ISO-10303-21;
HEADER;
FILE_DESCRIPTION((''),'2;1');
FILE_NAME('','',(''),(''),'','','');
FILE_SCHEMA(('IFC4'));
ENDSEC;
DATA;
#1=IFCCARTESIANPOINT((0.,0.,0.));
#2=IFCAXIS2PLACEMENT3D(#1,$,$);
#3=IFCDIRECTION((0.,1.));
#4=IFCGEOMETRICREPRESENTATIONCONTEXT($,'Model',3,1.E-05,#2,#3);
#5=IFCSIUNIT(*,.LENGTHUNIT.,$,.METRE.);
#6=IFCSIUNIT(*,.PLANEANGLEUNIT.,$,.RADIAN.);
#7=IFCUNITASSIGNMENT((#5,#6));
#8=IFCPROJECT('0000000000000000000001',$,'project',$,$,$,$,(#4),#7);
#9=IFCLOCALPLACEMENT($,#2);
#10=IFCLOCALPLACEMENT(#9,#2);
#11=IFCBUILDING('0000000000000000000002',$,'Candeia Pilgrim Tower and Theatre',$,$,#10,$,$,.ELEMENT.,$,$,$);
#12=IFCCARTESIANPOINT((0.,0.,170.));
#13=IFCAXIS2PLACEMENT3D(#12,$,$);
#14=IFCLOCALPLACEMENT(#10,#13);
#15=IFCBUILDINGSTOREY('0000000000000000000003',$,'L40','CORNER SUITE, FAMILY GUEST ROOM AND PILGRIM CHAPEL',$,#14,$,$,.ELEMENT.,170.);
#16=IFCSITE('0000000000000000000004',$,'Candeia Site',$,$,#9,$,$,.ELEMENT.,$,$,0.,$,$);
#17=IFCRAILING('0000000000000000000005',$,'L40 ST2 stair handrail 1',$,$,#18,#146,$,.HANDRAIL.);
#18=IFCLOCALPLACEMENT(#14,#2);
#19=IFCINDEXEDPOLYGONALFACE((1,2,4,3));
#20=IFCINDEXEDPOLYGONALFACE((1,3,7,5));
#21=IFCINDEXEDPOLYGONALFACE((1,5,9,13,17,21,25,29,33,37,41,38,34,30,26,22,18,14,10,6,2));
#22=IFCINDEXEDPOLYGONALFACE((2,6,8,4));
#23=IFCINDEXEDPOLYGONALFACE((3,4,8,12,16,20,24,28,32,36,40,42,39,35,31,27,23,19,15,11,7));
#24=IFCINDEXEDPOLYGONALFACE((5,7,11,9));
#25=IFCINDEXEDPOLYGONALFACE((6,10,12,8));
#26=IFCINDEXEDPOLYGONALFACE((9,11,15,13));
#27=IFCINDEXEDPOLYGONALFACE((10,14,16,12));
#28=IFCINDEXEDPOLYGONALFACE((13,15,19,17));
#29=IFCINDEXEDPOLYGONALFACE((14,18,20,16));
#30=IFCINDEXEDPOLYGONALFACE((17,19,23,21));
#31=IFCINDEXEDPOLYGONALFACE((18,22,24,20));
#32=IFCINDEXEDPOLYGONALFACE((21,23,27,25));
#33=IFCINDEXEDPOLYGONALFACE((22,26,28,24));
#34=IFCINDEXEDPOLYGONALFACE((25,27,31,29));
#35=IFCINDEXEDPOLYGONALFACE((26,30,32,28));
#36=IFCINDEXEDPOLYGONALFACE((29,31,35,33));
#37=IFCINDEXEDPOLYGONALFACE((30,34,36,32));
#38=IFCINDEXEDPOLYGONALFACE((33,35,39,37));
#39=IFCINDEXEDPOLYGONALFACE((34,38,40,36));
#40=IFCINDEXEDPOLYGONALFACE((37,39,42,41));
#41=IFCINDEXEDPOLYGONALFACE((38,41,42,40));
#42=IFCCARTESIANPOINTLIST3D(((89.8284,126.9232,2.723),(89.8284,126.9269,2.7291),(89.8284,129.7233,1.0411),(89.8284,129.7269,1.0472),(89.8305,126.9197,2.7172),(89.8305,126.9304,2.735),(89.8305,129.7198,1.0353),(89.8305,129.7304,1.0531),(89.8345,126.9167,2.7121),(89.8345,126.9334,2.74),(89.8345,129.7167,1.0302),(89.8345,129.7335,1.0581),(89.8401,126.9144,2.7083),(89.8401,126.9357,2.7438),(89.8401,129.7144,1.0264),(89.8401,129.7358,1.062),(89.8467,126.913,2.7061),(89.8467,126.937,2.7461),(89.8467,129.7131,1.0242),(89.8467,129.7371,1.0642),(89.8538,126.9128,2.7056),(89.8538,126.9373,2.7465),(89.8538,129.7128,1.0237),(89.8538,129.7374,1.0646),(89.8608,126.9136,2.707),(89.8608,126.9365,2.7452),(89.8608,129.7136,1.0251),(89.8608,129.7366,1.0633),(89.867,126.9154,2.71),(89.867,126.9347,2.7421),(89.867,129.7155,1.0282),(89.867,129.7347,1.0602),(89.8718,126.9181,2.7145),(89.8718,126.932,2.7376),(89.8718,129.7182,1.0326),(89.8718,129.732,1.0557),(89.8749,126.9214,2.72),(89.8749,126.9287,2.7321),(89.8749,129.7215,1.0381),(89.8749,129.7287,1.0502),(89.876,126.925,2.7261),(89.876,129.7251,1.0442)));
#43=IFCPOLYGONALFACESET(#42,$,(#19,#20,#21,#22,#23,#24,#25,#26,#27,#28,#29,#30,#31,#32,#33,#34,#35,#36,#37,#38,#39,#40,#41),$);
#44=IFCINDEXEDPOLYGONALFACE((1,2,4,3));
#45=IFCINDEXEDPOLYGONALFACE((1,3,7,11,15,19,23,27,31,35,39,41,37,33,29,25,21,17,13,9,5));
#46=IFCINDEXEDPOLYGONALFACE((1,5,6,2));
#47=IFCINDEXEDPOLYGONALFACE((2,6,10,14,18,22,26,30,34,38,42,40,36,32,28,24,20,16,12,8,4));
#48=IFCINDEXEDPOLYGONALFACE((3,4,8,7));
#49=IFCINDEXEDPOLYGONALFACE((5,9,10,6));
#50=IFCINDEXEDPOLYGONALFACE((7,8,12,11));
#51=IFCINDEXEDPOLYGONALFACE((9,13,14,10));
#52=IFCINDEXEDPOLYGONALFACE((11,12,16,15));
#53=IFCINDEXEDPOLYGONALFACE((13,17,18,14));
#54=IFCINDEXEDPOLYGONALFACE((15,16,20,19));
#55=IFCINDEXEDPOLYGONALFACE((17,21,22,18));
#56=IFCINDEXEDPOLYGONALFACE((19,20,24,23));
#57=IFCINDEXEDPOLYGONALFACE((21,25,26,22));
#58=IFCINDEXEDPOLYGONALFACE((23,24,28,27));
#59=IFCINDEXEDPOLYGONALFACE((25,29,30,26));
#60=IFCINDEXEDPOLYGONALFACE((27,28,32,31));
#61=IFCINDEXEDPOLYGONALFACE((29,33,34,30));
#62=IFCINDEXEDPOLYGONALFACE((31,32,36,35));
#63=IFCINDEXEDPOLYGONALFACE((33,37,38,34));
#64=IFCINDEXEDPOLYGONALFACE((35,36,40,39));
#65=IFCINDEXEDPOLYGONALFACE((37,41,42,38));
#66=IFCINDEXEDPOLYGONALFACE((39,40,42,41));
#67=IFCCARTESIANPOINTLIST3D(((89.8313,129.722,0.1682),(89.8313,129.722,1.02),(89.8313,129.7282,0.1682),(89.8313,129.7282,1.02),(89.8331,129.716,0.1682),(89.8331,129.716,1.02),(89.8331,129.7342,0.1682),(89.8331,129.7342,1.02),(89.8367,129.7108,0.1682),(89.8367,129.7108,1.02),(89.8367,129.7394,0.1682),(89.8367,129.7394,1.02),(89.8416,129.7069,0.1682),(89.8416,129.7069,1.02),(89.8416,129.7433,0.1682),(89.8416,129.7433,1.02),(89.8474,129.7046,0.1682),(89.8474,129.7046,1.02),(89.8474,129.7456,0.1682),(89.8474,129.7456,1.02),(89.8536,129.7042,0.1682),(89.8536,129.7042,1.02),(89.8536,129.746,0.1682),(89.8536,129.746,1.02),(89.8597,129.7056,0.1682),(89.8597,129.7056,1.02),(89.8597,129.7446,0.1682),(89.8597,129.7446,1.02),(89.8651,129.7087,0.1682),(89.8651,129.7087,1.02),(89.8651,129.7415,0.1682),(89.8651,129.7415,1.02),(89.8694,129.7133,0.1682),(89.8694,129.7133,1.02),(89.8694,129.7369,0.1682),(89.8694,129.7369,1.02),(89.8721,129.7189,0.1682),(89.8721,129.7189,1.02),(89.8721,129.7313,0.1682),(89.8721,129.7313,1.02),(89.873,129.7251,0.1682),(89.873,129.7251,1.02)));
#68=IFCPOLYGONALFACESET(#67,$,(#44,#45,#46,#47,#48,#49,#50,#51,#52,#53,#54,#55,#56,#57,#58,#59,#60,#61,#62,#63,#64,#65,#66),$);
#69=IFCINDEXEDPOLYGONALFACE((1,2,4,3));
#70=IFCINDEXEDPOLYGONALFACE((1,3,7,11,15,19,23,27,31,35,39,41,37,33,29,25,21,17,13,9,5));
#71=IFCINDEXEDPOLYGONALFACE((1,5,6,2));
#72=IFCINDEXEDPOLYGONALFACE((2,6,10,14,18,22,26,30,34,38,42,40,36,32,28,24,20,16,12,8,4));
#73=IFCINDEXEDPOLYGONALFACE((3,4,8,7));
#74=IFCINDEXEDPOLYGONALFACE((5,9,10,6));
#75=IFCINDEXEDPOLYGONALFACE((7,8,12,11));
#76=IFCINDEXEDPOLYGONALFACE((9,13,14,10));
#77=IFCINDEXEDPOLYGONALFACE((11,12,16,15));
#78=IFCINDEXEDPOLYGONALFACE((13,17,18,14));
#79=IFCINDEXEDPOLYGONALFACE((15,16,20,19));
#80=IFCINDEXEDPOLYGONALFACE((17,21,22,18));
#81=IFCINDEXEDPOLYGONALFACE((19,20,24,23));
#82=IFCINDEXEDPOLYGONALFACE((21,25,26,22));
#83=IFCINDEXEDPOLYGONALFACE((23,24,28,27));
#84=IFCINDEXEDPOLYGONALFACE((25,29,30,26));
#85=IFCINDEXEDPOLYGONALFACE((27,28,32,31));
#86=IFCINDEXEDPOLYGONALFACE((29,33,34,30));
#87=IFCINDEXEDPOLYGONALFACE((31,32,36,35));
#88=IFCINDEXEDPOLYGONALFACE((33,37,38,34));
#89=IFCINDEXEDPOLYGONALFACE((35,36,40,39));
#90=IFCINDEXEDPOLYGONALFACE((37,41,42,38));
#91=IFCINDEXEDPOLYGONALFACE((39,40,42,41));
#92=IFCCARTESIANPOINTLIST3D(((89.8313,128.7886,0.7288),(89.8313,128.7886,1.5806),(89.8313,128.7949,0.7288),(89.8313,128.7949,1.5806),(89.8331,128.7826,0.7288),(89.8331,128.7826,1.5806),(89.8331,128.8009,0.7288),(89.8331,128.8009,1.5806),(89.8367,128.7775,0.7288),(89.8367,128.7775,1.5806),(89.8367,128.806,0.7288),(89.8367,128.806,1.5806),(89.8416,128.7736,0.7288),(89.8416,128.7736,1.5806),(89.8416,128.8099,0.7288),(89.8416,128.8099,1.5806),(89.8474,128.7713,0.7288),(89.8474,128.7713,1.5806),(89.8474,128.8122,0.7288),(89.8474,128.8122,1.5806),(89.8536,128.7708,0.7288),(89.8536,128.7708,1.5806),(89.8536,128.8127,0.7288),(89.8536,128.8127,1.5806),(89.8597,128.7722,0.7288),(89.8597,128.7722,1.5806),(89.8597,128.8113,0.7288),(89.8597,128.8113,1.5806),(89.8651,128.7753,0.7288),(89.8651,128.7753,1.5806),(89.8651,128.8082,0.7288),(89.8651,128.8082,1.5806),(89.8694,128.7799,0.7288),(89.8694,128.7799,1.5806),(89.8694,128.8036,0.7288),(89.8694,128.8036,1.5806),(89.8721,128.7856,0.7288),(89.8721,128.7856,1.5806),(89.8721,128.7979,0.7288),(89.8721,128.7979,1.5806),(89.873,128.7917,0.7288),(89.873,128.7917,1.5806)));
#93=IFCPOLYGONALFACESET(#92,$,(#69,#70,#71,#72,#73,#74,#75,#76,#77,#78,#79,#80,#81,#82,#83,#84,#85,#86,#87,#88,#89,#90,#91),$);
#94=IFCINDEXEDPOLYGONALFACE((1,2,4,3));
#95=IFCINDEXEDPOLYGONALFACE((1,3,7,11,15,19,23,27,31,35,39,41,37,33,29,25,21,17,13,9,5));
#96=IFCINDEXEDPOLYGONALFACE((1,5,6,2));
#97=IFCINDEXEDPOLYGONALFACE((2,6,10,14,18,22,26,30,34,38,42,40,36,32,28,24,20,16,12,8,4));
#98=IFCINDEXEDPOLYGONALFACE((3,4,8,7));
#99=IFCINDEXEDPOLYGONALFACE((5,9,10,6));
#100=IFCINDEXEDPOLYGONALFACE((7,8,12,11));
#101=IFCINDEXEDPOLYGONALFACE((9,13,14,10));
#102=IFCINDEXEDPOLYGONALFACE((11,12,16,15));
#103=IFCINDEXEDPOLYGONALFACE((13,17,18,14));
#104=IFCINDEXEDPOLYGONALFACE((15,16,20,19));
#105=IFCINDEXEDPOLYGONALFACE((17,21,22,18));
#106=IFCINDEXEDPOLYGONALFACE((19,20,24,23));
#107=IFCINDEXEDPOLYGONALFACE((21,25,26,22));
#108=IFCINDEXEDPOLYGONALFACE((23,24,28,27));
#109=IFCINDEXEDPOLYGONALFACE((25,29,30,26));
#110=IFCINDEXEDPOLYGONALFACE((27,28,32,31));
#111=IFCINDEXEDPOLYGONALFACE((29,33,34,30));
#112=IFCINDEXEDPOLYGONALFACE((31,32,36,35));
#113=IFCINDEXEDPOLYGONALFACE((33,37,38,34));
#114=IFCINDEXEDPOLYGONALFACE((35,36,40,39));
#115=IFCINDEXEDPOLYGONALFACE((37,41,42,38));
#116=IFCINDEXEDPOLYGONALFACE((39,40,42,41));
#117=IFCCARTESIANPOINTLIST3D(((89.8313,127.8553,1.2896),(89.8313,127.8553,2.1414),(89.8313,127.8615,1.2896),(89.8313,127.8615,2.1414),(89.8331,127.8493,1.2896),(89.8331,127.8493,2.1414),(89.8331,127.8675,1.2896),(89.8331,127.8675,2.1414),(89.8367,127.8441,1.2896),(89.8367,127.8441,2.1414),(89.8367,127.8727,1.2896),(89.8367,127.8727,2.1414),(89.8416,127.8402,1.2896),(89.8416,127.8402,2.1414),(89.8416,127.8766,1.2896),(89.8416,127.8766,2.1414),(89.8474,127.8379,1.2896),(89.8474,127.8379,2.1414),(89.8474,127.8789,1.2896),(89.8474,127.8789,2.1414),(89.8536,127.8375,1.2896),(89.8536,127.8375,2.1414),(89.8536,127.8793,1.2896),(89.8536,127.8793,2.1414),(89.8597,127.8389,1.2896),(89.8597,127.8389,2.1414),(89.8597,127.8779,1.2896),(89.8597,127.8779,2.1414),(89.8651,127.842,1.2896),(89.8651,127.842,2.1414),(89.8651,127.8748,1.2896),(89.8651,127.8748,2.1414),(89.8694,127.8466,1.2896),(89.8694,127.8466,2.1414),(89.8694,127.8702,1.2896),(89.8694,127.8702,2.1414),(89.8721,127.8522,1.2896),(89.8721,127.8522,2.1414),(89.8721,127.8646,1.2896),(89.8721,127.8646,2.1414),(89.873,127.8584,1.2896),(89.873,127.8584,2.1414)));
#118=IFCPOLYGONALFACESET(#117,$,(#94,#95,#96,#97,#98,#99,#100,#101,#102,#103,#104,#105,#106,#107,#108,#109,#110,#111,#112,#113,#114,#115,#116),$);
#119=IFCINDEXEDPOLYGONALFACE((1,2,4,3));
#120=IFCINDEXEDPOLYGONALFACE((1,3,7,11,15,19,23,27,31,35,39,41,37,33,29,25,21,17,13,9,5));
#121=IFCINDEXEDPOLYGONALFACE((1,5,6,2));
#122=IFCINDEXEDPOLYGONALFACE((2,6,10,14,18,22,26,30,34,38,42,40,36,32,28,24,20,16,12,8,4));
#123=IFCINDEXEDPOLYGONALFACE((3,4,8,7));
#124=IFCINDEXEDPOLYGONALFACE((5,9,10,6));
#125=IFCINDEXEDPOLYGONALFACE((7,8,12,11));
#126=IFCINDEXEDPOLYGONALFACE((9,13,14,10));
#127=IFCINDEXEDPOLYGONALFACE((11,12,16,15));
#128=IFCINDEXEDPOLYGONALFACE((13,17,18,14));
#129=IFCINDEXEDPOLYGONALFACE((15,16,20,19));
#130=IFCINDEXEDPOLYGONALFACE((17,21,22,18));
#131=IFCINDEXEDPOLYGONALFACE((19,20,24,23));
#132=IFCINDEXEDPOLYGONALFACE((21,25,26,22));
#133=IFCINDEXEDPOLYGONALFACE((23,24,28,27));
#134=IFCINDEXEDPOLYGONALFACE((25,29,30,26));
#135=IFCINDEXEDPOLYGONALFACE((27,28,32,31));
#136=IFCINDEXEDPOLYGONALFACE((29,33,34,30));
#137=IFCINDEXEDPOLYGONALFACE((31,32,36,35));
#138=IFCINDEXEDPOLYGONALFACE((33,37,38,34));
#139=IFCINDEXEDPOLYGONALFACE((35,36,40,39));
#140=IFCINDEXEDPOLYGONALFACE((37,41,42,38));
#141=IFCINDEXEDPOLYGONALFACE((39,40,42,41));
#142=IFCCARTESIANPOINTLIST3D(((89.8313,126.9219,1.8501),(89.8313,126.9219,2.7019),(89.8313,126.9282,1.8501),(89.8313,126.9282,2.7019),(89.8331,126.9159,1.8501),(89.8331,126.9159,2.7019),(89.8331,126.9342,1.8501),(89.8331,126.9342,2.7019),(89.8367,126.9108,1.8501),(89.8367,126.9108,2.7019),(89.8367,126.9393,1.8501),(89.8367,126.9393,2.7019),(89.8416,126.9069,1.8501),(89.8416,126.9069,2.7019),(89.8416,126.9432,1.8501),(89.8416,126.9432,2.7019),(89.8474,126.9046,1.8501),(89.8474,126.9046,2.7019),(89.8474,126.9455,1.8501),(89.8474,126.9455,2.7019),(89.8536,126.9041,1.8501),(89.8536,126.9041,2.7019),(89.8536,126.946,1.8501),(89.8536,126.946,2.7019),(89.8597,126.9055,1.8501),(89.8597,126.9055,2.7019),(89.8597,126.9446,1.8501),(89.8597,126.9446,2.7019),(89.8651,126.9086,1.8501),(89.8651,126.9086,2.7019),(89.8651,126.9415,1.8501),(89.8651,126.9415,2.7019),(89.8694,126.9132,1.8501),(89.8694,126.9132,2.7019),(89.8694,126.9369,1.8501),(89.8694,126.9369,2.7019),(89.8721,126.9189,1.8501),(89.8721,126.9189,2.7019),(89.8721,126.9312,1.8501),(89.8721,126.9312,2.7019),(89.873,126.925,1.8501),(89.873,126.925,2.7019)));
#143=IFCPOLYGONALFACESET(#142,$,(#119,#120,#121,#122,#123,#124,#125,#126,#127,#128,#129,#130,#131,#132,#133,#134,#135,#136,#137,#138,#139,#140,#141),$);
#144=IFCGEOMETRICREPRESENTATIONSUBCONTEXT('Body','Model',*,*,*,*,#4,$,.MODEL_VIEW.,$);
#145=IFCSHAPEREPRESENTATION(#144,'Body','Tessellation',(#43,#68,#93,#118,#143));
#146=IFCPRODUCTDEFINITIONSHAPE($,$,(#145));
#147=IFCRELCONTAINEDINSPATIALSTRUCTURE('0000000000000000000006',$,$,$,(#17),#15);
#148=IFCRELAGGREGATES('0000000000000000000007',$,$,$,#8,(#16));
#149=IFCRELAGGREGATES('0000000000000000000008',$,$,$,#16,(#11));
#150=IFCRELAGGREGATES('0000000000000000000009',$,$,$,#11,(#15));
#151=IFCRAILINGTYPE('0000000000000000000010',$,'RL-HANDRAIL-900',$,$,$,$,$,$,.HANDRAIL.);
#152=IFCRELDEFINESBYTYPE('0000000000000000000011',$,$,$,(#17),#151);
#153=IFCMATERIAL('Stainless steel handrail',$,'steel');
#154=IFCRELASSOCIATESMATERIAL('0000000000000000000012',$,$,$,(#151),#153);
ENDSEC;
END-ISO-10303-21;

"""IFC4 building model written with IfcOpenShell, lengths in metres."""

from ifc_helpers import new_model, si_unit, direction, frame, origin, origin_2d, place, context, subcontext, project, spatial, circle, extrude, material, type_object, element, save


model = new_model("IFC4")

# Units and contexts
model_context = context("Model", 3, precision=1e-05, world=origin(), true_north=direction((0.0, 1.0)))
body_context = subcontext(model_context, "Body", "Model", "MODEL_VIEW")
ifc_project = project(units=[si_unit("LENGTHUNIT", "METRE"), si_unit("PLANEANGLEUNIT", "RADIAN")], contexts=[model_context])

# Site, building, storey
site_placement = place(None, origin())
site = spatial("IfcSite", under=ifc_project, at=site_placement, Name="Candeia Site", CompositionType="ELEMENT", RefElevation=0.0)
building_placement = place(site_placement, origin())
building = spatial("IfcBuilding", under=site, at=building_placement, Name="Candeia Pilgrim Tower and Theatre", CompositionType="ELEMENT")
storey_placement = place(building_placement, frame((0.0, 0.0, 170.0)))
storey = spatial("IfcBuildingStorey", under=building, at=storey_placement, Name="L40", Description="CORNER SUITE, FAMILY GUEST ROOM AND PILGRIM CHAPEL", CompositionType="ELEMENT", Elevation=170.0)

# Railing
ifc_material_1 = material(Name="Stainless steel handrail", Category="steel")
railing_type_1 = type_object("IfcRailingType", Name="RL-HANDRAIL-900", PredefinedType="HANDRAIL", material=ifc_material_1)
railing_1_placement = place(storey_placement, frame((89.8521, 129.7251, 0.1682)))
element("IfcRailing", 1, at=railing_1_placement, inside=storey, type_object=railing_type_1, Name="L40 ST2 stair handrail 1", PredefinedType="HANDRAIL", context=body_context, shape_type="SweptSolid", body=[
    extrude(circle(Radius=0.0239, at=origin_2d()), frame((0.0, 0.0, 0.876), z_axis=(0.0, -0.857242, 0.514913), x_axis=(1.0, 0.0, 0.0)), (0.0, 0.0, 1.0), 3.2664),
    extrude(circle(Radius=0.021, at=origin_2d()), origin(), (0.0, 0.0, 1.0), 0.8518),
    extrude(circle(Radius=0.021, at=origin_2d()), frame((0.0, -0.9333, 0.5605)), (0.0, 0.0, 1.0), 0.8518),
    extrude(circle(Radius=0.021, at=origin_2d()), frame((0.0, -1.8667, 1.1213)), (0.0, 0.0, 1.0), 0.8518),
    extrude(circle(Radius=0.021, at=origin_2d()), frame((0.0, -2.8, 1.6819)), (0.0, 0.0, 1.0), 0.8518),
])

save(model, "model.ifc")
